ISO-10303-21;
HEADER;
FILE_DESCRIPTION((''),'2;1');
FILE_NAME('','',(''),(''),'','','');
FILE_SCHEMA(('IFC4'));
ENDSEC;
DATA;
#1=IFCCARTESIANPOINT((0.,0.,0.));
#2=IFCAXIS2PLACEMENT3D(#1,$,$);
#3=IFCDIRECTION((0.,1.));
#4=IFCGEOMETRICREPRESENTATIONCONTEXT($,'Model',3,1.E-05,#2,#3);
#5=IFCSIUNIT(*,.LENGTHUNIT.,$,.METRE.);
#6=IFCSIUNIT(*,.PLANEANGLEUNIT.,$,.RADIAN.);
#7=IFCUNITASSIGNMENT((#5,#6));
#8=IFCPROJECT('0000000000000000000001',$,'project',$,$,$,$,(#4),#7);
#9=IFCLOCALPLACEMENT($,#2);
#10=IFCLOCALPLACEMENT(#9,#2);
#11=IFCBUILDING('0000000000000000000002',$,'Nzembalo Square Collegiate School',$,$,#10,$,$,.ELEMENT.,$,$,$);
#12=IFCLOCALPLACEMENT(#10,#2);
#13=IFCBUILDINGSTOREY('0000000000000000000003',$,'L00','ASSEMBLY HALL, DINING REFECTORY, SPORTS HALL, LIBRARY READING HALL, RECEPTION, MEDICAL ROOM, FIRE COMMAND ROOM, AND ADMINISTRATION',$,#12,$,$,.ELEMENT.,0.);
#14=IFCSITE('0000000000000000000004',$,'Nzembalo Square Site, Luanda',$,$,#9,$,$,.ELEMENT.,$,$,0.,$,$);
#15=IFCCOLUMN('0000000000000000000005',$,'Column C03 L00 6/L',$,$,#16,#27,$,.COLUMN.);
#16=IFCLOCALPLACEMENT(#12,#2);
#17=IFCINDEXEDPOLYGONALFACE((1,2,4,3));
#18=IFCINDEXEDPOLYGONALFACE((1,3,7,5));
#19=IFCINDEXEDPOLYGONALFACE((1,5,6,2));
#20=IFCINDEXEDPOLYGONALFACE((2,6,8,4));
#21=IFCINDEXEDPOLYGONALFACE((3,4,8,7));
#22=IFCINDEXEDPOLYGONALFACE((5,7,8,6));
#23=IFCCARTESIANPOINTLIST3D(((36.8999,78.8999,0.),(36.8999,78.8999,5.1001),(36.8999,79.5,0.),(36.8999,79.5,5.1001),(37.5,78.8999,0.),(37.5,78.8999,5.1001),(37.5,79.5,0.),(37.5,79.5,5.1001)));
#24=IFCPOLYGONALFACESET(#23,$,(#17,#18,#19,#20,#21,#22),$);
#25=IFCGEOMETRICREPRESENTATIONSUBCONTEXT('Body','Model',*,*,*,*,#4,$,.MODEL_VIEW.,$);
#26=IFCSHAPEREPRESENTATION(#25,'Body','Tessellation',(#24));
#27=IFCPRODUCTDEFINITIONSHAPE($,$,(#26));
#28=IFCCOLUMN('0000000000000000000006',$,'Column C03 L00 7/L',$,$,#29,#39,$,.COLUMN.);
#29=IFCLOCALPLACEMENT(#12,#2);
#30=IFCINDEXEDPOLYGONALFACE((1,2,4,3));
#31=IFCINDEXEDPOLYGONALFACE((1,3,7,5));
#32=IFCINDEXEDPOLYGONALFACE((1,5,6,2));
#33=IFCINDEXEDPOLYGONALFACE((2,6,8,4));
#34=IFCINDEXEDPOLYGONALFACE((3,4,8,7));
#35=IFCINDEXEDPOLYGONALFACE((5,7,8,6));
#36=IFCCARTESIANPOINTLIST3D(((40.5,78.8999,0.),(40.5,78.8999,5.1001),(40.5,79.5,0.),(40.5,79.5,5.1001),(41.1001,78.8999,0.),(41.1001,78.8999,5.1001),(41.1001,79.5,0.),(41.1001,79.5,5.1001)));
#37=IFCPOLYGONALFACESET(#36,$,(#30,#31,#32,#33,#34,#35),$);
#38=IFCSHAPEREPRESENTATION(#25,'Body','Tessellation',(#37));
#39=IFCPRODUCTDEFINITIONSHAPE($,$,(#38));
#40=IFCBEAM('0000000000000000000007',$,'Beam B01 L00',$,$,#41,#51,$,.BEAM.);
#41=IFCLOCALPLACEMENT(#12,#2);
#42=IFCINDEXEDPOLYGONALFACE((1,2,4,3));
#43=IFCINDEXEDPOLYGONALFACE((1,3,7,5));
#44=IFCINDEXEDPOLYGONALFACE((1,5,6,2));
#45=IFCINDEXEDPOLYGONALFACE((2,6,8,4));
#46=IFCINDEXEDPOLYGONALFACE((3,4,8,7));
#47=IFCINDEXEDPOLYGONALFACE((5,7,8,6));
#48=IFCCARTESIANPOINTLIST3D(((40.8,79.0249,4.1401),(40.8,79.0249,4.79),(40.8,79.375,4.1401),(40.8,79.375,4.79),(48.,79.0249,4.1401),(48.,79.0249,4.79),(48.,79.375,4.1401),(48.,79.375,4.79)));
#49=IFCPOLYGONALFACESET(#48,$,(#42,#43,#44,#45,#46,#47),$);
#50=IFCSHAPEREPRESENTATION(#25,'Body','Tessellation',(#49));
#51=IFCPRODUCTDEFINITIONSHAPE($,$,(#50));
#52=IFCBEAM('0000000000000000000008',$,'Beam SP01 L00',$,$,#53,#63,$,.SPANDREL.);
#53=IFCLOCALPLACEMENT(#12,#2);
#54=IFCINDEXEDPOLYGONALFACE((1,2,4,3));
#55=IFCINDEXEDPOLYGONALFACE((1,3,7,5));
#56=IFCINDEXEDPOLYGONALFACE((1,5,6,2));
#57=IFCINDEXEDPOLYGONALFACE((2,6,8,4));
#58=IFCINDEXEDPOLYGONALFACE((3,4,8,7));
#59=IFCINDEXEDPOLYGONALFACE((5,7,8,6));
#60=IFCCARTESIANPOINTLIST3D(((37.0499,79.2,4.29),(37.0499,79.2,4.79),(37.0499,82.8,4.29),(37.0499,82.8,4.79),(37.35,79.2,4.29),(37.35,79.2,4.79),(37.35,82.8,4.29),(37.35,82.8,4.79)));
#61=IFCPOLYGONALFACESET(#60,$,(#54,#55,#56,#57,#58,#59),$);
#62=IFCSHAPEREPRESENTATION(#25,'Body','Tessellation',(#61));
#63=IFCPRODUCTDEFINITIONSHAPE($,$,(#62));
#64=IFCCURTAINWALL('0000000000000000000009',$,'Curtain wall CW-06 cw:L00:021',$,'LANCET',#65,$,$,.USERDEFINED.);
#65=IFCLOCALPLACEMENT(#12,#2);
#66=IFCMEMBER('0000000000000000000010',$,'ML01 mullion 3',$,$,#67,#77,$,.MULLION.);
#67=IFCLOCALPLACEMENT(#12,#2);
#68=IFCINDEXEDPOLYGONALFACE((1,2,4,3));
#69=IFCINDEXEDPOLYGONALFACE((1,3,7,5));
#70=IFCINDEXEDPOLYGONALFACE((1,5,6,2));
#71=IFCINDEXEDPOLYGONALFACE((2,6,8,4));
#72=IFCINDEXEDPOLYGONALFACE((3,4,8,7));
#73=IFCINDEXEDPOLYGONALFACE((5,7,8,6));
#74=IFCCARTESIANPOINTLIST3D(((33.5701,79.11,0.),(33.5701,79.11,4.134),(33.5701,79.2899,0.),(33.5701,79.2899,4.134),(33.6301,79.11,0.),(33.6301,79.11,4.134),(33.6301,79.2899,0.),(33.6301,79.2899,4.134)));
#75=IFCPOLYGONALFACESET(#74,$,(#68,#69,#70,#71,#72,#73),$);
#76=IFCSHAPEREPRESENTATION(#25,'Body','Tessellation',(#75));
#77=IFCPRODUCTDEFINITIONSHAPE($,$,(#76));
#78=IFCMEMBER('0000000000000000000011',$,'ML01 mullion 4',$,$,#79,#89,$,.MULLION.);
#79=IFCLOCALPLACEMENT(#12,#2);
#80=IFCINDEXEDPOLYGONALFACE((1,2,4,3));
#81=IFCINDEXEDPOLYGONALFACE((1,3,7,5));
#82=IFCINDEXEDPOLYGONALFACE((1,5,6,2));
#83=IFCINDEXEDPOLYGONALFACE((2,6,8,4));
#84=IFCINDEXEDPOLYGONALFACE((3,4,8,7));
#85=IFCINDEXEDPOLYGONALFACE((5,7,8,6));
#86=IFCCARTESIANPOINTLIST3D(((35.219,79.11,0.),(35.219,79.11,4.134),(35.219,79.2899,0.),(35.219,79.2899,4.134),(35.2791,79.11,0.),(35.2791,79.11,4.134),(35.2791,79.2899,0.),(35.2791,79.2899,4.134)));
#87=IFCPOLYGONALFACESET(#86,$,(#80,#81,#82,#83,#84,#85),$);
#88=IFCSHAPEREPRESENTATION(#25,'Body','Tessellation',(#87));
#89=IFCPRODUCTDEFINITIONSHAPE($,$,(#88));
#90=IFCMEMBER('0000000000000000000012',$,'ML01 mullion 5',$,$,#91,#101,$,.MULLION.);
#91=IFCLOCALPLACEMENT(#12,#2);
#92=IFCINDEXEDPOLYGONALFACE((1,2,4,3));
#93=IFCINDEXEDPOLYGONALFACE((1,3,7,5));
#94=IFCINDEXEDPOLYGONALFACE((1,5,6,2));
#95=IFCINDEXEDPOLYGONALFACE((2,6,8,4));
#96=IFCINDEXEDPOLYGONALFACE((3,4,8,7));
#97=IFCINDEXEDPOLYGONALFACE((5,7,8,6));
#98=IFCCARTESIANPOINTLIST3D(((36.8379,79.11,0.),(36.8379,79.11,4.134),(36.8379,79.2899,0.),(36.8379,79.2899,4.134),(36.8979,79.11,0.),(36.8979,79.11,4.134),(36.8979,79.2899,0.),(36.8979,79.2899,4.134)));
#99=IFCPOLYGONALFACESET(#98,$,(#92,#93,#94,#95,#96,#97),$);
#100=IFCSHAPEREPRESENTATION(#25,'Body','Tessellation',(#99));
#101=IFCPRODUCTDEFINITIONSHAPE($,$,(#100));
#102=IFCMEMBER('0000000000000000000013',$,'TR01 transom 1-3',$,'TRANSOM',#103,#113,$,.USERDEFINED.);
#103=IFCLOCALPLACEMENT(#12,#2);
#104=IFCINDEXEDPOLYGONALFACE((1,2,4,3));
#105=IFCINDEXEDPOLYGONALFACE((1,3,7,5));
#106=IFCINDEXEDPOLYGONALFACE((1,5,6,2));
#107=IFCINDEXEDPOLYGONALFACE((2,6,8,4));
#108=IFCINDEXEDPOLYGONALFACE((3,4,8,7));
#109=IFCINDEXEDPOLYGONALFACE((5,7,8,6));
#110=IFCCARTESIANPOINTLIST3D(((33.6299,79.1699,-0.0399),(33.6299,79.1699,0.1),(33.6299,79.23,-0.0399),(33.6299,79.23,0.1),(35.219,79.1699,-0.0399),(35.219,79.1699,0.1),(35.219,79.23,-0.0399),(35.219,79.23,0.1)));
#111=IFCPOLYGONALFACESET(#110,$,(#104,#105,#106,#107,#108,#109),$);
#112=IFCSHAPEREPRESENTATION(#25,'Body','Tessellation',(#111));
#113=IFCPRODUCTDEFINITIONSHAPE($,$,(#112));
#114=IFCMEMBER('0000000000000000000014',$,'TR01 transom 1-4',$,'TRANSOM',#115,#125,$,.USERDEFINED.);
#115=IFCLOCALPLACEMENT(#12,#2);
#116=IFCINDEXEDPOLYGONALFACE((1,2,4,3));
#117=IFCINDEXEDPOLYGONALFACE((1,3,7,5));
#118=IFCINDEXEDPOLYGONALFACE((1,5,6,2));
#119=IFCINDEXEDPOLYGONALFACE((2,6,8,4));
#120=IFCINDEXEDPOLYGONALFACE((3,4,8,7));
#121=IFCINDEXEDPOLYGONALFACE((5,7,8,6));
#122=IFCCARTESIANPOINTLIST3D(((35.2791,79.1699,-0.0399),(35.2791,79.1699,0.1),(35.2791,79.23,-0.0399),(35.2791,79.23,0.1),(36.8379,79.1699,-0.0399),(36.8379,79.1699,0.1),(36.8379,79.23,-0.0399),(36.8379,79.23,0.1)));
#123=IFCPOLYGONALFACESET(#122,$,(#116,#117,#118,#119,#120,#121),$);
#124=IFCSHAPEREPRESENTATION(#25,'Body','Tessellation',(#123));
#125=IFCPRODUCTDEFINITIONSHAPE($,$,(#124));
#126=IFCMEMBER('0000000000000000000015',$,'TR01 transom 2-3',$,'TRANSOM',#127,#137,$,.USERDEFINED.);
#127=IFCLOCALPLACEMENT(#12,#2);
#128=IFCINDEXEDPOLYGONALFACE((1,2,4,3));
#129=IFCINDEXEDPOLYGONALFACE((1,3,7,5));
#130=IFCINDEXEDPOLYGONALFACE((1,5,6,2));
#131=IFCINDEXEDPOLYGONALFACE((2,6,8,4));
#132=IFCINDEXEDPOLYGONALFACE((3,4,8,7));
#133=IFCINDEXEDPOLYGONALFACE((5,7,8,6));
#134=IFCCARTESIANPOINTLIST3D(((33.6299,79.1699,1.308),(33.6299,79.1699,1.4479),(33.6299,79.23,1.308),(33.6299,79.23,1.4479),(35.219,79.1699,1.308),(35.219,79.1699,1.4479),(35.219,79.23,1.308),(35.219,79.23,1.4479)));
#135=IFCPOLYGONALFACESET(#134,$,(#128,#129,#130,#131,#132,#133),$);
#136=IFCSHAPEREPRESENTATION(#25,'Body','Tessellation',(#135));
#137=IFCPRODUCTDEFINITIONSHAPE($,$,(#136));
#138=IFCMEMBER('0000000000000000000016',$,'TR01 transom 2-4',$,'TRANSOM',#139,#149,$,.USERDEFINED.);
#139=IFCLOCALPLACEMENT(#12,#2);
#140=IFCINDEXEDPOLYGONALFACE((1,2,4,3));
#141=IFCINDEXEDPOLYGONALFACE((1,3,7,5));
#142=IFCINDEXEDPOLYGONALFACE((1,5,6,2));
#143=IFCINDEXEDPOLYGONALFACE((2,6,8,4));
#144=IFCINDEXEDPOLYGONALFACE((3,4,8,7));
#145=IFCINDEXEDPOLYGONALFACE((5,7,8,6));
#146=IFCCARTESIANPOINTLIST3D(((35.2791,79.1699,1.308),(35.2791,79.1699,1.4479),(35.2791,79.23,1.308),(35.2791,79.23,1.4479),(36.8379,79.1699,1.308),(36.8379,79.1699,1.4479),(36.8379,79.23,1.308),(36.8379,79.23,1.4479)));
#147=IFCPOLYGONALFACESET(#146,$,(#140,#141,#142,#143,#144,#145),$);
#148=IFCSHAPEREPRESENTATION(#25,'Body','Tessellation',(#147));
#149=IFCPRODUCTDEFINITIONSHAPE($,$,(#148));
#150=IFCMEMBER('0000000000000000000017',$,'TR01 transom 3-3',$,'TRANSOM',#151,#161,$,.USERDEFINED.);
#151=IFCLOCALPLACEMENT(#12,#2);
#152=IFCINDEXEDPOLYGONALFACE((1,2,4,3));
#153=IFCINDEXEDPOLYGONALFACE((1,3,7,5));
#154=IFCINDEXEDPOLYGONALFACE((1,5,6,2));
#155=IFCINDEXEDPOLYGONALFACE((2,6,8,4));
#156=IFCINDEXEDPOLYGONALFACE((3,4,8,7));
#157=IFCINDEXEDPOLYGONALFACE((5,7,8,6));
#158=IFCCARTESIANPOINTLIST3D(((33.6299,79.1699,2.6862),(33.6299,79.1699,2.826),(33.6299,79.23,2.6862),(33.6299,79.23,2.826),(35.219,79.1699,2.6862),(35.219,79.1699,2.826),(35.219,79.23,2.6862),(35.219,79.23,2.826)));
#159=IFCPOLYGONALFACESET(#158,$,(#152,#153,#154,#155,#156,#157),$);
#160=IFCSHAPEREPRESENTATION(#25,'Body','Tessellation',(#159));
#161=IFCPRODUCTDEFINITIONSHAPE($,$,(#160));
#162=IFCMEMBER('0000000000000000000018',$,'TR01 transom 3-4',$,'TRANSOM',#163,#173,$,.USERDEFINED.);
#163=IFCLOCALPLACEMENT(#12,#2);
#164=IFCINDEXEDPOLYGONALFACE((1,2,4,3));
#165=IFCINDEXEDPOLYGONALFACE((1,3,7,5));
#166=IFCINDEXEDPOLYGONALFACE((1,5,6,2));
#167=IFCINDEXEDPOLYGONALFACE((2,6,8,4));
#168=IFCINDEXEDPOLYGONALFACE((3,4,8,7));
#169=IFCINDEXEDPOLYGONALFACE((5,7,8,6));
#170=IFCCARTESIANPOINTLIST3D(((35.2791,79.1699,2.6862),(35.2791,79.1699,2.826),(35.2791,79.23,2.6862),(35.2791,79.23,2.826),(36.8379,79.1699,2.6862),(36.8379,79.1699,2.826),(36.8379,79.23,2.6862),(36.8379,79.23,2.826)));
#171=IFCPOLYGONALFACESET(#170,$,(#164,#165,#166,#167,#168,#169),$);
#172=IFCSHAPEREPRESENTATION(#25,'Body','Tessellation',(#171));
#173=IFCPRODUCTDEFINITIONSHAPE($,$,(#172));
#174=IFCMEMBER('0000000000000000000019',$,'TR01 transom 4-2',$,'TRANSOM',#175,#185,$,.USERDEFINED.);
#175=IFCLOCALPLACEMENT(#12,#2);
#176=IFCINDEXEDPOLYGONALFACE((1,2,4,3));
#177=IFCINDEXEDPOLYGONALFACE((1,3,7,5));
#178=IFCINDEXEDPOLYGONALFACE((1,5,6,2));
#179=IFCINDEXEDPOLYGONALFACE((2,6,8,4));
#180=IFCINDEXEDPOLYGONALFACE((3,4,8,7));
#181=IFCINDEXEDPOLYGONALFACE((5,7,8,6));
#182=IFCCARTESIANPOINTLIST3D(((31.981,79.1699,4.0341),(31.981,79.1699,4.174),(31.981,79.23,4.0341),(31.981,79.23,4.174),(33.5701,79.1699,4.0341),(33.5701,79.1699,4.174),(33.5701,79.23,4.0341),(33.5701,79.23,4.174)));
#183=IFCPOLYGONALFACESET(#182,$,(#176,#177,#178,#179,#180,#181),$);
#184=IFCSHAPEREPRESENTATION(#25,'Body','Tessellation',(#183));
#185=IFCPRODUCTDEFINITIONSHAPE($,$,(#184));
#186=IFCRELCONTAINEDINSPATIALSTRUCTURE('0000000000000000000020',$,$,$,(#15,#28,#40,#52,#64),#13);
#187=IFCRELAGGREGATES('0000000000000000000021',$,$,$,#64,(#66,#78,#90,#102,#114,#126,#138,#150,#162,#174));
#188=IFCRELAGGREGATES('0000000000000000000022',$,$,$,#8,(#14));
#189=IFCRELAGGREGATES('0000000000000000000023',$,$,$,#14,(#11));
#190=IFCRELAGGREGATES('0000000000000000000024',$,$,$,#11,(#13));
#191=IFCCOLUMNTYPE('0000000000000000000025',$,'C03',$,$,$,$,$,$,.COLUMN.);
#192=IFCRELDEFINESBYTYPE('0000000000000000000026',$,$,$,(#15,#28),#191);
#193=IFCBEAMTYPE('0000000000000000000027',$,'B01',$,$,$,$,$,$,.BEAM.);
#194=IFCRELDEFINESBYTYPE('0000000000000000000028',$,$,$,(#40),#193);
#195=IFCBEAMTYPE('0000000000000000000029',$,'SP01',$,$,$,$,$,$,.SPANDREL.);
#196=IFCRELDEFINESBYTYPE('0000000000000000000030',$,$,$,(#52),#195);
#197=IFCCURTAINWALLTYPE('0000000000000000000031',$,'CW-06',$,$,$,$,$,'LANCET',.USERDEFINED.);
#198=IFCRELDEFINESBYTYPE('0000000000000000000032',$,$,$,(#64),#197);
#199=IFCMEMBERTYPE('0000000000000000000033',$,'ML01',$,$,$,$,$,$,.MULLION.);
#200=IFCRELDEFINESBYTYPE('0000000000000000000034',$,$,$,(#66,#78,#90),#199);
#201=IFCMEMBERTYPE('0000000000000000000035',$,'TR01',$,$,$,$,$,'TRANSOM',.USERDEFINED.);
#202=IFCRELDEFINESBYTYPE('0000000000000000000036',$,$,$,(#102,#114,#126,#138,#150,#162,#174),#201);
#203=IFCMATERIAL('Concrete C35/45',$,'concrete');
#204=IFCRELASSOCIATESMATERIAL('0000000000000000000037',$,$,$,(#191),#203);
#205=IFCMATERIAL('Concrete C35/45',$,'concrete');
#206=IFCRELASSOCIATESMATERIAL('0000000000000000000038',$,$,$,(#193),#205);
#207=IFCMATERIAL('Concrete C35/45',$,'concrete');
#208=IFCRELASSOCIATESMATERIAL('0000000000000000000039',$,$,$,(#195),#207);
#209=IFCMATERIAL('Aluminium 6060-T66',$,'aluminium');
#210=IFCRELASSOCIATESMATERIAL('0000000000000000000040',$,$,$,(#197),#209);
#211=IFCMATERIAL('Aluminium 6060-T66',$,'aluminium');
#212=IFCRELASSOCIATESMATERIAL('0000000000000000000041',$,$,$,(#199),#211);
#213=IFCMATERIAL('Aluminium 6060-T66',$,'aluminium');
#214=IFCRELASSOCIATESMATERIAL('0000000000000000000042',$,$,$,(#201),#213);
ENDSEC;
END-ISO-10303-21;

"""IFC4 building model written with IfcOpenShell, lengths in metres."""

from ifc_helpers import new_model, si_unit, direction, frame, origin, origin_2d, place, context, subcontext, project, spatial, rectangle, extrude, material, material_profile, profile_set, type_object, element, aggregate, save


model = new_model("IFC4")

# Units and contexts
model_context = context("Model", 3, precision=1e-05, world=origin(), true_north=direction((0.0, 1.0)))
body_context = subcontext(model_context, "Body", "Model", "MODEL_VIEW")
ifc_project = project(units=[si_unit("LENGTHUNIT", "METRE"), si_unit("PLANEANGLEUNIT", "RADIAN")], contexts=[model_context])

# Site, building, storey
site_placement = place(None, origin())
site = spatial("IfcSite", under=ifc_project, at=site_placement, Name="Nzembalo Square Site, Luanda", CompositionType="ELEMENT", RefElevation=0.0)
building_placement = place(site_placement, origin())
building = spatial("IfcBuilding", under=site, at=building_placement, Name="Nzembalo Square Collegiate School", CompositionType="ELEMENT")
storey_placement = place(building_placement, origin())
storey = spatial("IfcBuildingStorey", under=building, at=storey_placement, Name="L00", Description="ASSEMBLY HALL, DINING REFECTORY, SPORTS HALL, LIBRARY READING HALL, RECEPTION, MEDICAL ROOM, FIRE COMMAND ROOM, AND ADMINISTRATION", CompositionType="ELEMENT", Elevation=0.0)

# Columns
ifc_material_1 = material(Name="Concrete C35/45", Category="concrete")
ifc_material_profile_1 = material_profile(ifc_material_1, rectangle(XDim=0.6001, YDim=0.6001, at=origin_2d()), Name="RC 600x600")
ifc_profile_set_1 = profile_set([ifc_material_profile_1], Name="Concrete C35/45")
column_type = type_object("IfcColumnType", Name="C03", PredefinedType="COLUMN", material=ifc_profile_set_1)
for number, where, z_axis, x_axis, name in (
    (1, (37.2, 79.2, 0.0), (0.0, 0.0, 1.0), (1.0, 0.0, 0.0), "Column C03 L00 6/L"),
    (2, (40.8, 79.2, 0.0), (0.0, 0.0, 1.0), (1.0, 0.0, 0.0), "Column C03 L00 7/L"),
):
    element("IfcColumn", number, at=place(storey_placement, frame(where, z_axis=z_axis, x_axis=x_axis)), inside=storey, type_object=column_type, Name=name, PredefinedType="COLUMN", context=body_context, shape_type="SweptSolid", body=[
        extrude(rectangle(XDim=0.6001, YDim=0.6001, at=origin_2d()), origin(), (0.0, 0.0, 1.0), 5.1001),
    ])

# Beams
ifc_material_2 = material(Name="Concrete C35/45", Category="concrete")
ifc_material_profile_2 = material_profile(ifc_material_2, rectangle(XDim=0.3501, YDim=0.6499, at=origin_2d()), Name="RC 350x650")
ifc_profile_set_2 = profile_set([ifc_material_profile_2], Name="Concrete C35/45")
beam_type_1 = type_object("IfcBeamType", Name="B01", PredefinedType="BEAM", material=ifc_profile_set_2)
beam_1_placement = place(storey_placement, frame((40.8, 79.2, 4.4651), z_axis=(1.0, 0.0, 0.0), x_axis=(0.0, 1.0, 0.0)))
element("IfcBeam", 3, at=beam_1_placement, inside=storey, type_object=beam_type_1, Name="Beam B01 L00", PredefinedType="BEAM", context=body_context, shape_type="SweptSolid", body=[
    extrude(rectangle(XDim=0.3501, YDim=0.6499, at=origin_2d()), origin(), (0.0, 0.0, 1.0), 7.2),
])
ifc_material_3 = material(Name="Concrete C35/45", Category="concrete")
ifc_material_profile_3 = material_profile(ifc_material_3, rectangle(XDim=0.3, YDim=0.5, at=origin_2d()), Name="RC 300x500")
ifc_profile_set_3 = profile_set([ifc_material_profile_3], Name="Concrete C35/45")
beam_type_2 = type_object("IfcBeamType", Name="SP01", PredefinedType="SPANDREL", material=ifc_profile_set_3)
beam_2_placement = place(storey_placement, frame((37.2, 79.2, 4.54), z_axis=(0.0, 1.0, 0.0), x_axis=(-1.0, 0.0, 0.0)))
element("IfcBeam", 4, at=beam_2_placement, inside=storey, type_object=beam_type_2, Name="Beam SP01 L00", PredefinedType="SPANDREL", context=body_context, shape_type="SweptSolid", body=[
    extrude(rectangle(XDim=0.3, YDim=0.5, at=origin_2d()), origin(), (0.0, 0.0, 1.0), 3.6001),
])

# Curtain wall, members
ifc_material_4 = material(Name="Aluminium 6060-T66", Category="aluminium")
curtain_wall_type = type_object("IfcCurtainWallType", Name="CW-06", ElementType="LANCET", PredefinedType="USERDEFINED", material=ifc_material_4)
curtain_wall_placement = place(storey_placement, origin())
curtain_wall = element("IfcCurtainWall", 5, at=curtain_wall_placement, inside=storey, type_object=curtain_wall_type, Name="Curtain wall CW-06 cw:L00:021", ObjectType="LANCET", PredefinedType="USERDEFINED")
ifc_material_5 = material(Name="Aluminium 6060-T66", Category="aluminium")
ifc_material_profile_4 = material_profile(ifc_material_5, rectangle(XDim=0.0601, YDim=0.1799, at=origin_2d()), Name="ALU M60x180")
ifc_profile_set_4 = profile_set([ifc_material_profile_4], Name="Aluminium 6060-T66")
member_type_1 = type_object("IfcMemberType", Name="ML01", PredefinedType="MULLION", material=ifc_profile_set_4)
member_1_placement = place(storey_placement, frame((33.6001, 79.2, 0.0), z_axis=(0.0, 0.0, 1.0), x_axis=(1.0, 0.0, 0.0)))
member_1 = element("IfcMember", 6, at=member_1_placement, type_object=member_type_1, Name="ML01 mullion 3", PredefinedType="MULLION", context=body_context, shape_type="SweptSolid", body=[
    extrude(rectangle(XDim=0.0601, YDim=0.1799, at=origin_2d()), origin(), (0.0, 0.0, 1.0), 4.134),
])
member_2_placement = place(storey_placement, frame((35.249, 79.2, 0.0), z_axis=(0.0, 0.0, 1.0), x_axis=(1.0, 0.0, 0.0)))
member_2 = element("IfcMember", 7, at=member_2_placement, type_object=member_type_1, Name="ML01 mullion 4", PredefinedType="MULLION", context=body_context, shape_type="SweptSolid", body=[
    extrude(rectangle(XDim=0.0601, YDim=0.1799, at=origin_2d()), origin(), (0.0, 0.0, 1.0), 4.134),
])
member_3_placement = place(storey_placement, frame((36.8679, 79.2, 0.0), z_axis=(0.0, 0.0, 1.0), x_axis=(1.0, 0.0, 0.0)))
member_3 = element("IfcMember", 8, at=member_3_placement, type_object=member_type_1, Name="ML01 mullion 5", PredefinedType="MULLION", context=body_context, shape_type="SweptSolid", body=[
    extrude(rectangle(XDim=0.0601, YDim=0.1799, at=origin_2d()), origin(), (0.0, 0.0, 1.0), 4.134),
])
ifc_material_6 = material(Name="Aluminium 6060-T66", Category="aluminium")
ifc_material_profile_5 = material_profile(ifc_material_6, rectangle(XDim=0.0601, YDim=0.1399, at=origin_2d()), Name="ALU T60x140")
ifc_profile_set_5 = profile_set([ifc_material_profile_5], Name="Aluminium 6060-T66")
member_type_2 = type_object("IfcMemberType", Name="TR01", ElementType="TRANSOM", PredefinedType="USERDEFINED", material=ifc_profile_set_5)
member_4_placement = place(storey_placement, frame((33.6299, 79.2, 0.03), z_axis=(1.0, 0.0, 0.0), x_axis=(0.0, 1.0, 0.0)))
member_4 = element("IfcMember", 9, at=member_4_placement, type_object=member_type_2, Name="TR01 transom 1-3", ObjectType="TRANSOM", PredefinedType="USERDEFINED", context=body_context, shape_type="SweptSolid", body=[
    extrude(rectangle(XDim=0.0601, YDim=0.1399, at=origin_2d()), origin(), (0.0, 0.0, 1.0), 1.5891),
])
member_5_placement = place(storey_placement, frame((35.2791, 79.2, 0.03), z_axis=(1.0, 0.0, 0.0), x_axis=(0.0, 1.0, 0.0)))
member_5 = element("IfcMember", 10, at=member_5_placement, type_object=member_type_2, Name="TR01 transom 1-4", ObjectType="TRANSOM", PredefinedType="USERDEFINED", context=body_context, shape_type="SweptSolid", body=[
    extrude(rectangle(XDim=0.0601, YDim=0.1399, at=origin_2d()), origin(), (0.0, 0.0, 1.0), 1.5588),
])
member_6_placement = place(storey_placement, frame((33.6299, 79.2, 1.3779), z_axis=(1.0, 0.0, 0.0), x_axis=(0.0, 1.0, 0.0)))
member_6 = element("IfcMember", 11, at=member_6_placement, type_object=member_type_2, Name="TR01 transom 2-3", ObjectType="TRANSOM", PredefinedType="USERDEFINED", context=body_context, shape_type="SweptSolid", body=[
    extrude(rectangle(XDim=0.0601, YDim=0.1399, at=origin_2d()), origin(), (0.0, 0.0, 1.0), 1.5891),
])
member_7_placement = place(storey_placement, frame((35.2791, 79.2, 1.3779), z_axis=(1.0, 0.0, 0.0), x_axis=(0.0, 1.0, 0.0)))
member_7 = element("IfcMember", 12, at=member_7_placement, type_object=member_type_2, Name="TR01 transom 2-4", ObjectType="TRANSOM", PredefinedType="USERDEFINED", context=body_context, shape_type="SweptSolid", body=[
    extrude(rectangle(XDim=0.0601, YDim=0.1399, at=origin_2d()), origin(), (0.0, 0.0, 1.0), 1.5588),
])
member_8_placement = place(storey_placement, frame((33.6299, 79.2, 2.7561), z_axis=(1.0, 0.0, 0.0), x_axis=(0.0, 1.0, 0.0)))
member_8 = element("IfcMember", 13, at=member_8_placement, type_object=member_type_2, Name="TR01 transom 3-3", ObjectType="TRANSOM", PredefinedType="USERDEFINED", context=body_context, shape_type="SweptSolid", body=[
    extrude(rectangle(XDim=0.0601, YDim=0.1399, at=origin_2d()), origin(), (0.0, 0.0, 1.0), 1.5891),
])
member_9_placement = place(storey_placement, frame((35.2791, 79.2, 2.7561), z_axis=(1.0, 0.0, 0.0), x_axis=(0.0, 1.0, 0.0)))
member_9 = element("IfcMember", 14, at=member_9_placement, type_object=member_type_2, Name="TR01 transom 3-4", ObjectType="TRANSOM", PredefinedType="USERDEFINED", context=body_context, shape_type="SweptSolid", body=[
    extrude(rectangle(XDim=0.0601, YDim=0.1399, at=origin_2d()), origin(), (0.0, 0.0, 1.0), 1.5588),
])
member_10_placement = place(storey_placement, frame((31.981, 79.2, 4.104), z_axis=(1.0, 0.0, 0.0), x_axis=(0.0, 1.0, 0.0)))
member_10 = element("IfcMember", 15, at=member_10_placement, type_object=member_type_2, Name="TR01 transom 4-2", ObjectType="TRANSOM", PredefinedType="USERDEFINED", context=body_context, shape_type="SweptSolid", body=[
    extrude(rectangle(XDim=0.0601, YDim=0.1399, at=origin_2d()), origin(), (0.0, 0.0, 1.0), 1.5891),
])
aggregate(curtain_wall, [member_1, member_2, member_3, member_4, member_5, member_6, member_7, member_8, member_9, member_10])

save(model, "model.ifc")
